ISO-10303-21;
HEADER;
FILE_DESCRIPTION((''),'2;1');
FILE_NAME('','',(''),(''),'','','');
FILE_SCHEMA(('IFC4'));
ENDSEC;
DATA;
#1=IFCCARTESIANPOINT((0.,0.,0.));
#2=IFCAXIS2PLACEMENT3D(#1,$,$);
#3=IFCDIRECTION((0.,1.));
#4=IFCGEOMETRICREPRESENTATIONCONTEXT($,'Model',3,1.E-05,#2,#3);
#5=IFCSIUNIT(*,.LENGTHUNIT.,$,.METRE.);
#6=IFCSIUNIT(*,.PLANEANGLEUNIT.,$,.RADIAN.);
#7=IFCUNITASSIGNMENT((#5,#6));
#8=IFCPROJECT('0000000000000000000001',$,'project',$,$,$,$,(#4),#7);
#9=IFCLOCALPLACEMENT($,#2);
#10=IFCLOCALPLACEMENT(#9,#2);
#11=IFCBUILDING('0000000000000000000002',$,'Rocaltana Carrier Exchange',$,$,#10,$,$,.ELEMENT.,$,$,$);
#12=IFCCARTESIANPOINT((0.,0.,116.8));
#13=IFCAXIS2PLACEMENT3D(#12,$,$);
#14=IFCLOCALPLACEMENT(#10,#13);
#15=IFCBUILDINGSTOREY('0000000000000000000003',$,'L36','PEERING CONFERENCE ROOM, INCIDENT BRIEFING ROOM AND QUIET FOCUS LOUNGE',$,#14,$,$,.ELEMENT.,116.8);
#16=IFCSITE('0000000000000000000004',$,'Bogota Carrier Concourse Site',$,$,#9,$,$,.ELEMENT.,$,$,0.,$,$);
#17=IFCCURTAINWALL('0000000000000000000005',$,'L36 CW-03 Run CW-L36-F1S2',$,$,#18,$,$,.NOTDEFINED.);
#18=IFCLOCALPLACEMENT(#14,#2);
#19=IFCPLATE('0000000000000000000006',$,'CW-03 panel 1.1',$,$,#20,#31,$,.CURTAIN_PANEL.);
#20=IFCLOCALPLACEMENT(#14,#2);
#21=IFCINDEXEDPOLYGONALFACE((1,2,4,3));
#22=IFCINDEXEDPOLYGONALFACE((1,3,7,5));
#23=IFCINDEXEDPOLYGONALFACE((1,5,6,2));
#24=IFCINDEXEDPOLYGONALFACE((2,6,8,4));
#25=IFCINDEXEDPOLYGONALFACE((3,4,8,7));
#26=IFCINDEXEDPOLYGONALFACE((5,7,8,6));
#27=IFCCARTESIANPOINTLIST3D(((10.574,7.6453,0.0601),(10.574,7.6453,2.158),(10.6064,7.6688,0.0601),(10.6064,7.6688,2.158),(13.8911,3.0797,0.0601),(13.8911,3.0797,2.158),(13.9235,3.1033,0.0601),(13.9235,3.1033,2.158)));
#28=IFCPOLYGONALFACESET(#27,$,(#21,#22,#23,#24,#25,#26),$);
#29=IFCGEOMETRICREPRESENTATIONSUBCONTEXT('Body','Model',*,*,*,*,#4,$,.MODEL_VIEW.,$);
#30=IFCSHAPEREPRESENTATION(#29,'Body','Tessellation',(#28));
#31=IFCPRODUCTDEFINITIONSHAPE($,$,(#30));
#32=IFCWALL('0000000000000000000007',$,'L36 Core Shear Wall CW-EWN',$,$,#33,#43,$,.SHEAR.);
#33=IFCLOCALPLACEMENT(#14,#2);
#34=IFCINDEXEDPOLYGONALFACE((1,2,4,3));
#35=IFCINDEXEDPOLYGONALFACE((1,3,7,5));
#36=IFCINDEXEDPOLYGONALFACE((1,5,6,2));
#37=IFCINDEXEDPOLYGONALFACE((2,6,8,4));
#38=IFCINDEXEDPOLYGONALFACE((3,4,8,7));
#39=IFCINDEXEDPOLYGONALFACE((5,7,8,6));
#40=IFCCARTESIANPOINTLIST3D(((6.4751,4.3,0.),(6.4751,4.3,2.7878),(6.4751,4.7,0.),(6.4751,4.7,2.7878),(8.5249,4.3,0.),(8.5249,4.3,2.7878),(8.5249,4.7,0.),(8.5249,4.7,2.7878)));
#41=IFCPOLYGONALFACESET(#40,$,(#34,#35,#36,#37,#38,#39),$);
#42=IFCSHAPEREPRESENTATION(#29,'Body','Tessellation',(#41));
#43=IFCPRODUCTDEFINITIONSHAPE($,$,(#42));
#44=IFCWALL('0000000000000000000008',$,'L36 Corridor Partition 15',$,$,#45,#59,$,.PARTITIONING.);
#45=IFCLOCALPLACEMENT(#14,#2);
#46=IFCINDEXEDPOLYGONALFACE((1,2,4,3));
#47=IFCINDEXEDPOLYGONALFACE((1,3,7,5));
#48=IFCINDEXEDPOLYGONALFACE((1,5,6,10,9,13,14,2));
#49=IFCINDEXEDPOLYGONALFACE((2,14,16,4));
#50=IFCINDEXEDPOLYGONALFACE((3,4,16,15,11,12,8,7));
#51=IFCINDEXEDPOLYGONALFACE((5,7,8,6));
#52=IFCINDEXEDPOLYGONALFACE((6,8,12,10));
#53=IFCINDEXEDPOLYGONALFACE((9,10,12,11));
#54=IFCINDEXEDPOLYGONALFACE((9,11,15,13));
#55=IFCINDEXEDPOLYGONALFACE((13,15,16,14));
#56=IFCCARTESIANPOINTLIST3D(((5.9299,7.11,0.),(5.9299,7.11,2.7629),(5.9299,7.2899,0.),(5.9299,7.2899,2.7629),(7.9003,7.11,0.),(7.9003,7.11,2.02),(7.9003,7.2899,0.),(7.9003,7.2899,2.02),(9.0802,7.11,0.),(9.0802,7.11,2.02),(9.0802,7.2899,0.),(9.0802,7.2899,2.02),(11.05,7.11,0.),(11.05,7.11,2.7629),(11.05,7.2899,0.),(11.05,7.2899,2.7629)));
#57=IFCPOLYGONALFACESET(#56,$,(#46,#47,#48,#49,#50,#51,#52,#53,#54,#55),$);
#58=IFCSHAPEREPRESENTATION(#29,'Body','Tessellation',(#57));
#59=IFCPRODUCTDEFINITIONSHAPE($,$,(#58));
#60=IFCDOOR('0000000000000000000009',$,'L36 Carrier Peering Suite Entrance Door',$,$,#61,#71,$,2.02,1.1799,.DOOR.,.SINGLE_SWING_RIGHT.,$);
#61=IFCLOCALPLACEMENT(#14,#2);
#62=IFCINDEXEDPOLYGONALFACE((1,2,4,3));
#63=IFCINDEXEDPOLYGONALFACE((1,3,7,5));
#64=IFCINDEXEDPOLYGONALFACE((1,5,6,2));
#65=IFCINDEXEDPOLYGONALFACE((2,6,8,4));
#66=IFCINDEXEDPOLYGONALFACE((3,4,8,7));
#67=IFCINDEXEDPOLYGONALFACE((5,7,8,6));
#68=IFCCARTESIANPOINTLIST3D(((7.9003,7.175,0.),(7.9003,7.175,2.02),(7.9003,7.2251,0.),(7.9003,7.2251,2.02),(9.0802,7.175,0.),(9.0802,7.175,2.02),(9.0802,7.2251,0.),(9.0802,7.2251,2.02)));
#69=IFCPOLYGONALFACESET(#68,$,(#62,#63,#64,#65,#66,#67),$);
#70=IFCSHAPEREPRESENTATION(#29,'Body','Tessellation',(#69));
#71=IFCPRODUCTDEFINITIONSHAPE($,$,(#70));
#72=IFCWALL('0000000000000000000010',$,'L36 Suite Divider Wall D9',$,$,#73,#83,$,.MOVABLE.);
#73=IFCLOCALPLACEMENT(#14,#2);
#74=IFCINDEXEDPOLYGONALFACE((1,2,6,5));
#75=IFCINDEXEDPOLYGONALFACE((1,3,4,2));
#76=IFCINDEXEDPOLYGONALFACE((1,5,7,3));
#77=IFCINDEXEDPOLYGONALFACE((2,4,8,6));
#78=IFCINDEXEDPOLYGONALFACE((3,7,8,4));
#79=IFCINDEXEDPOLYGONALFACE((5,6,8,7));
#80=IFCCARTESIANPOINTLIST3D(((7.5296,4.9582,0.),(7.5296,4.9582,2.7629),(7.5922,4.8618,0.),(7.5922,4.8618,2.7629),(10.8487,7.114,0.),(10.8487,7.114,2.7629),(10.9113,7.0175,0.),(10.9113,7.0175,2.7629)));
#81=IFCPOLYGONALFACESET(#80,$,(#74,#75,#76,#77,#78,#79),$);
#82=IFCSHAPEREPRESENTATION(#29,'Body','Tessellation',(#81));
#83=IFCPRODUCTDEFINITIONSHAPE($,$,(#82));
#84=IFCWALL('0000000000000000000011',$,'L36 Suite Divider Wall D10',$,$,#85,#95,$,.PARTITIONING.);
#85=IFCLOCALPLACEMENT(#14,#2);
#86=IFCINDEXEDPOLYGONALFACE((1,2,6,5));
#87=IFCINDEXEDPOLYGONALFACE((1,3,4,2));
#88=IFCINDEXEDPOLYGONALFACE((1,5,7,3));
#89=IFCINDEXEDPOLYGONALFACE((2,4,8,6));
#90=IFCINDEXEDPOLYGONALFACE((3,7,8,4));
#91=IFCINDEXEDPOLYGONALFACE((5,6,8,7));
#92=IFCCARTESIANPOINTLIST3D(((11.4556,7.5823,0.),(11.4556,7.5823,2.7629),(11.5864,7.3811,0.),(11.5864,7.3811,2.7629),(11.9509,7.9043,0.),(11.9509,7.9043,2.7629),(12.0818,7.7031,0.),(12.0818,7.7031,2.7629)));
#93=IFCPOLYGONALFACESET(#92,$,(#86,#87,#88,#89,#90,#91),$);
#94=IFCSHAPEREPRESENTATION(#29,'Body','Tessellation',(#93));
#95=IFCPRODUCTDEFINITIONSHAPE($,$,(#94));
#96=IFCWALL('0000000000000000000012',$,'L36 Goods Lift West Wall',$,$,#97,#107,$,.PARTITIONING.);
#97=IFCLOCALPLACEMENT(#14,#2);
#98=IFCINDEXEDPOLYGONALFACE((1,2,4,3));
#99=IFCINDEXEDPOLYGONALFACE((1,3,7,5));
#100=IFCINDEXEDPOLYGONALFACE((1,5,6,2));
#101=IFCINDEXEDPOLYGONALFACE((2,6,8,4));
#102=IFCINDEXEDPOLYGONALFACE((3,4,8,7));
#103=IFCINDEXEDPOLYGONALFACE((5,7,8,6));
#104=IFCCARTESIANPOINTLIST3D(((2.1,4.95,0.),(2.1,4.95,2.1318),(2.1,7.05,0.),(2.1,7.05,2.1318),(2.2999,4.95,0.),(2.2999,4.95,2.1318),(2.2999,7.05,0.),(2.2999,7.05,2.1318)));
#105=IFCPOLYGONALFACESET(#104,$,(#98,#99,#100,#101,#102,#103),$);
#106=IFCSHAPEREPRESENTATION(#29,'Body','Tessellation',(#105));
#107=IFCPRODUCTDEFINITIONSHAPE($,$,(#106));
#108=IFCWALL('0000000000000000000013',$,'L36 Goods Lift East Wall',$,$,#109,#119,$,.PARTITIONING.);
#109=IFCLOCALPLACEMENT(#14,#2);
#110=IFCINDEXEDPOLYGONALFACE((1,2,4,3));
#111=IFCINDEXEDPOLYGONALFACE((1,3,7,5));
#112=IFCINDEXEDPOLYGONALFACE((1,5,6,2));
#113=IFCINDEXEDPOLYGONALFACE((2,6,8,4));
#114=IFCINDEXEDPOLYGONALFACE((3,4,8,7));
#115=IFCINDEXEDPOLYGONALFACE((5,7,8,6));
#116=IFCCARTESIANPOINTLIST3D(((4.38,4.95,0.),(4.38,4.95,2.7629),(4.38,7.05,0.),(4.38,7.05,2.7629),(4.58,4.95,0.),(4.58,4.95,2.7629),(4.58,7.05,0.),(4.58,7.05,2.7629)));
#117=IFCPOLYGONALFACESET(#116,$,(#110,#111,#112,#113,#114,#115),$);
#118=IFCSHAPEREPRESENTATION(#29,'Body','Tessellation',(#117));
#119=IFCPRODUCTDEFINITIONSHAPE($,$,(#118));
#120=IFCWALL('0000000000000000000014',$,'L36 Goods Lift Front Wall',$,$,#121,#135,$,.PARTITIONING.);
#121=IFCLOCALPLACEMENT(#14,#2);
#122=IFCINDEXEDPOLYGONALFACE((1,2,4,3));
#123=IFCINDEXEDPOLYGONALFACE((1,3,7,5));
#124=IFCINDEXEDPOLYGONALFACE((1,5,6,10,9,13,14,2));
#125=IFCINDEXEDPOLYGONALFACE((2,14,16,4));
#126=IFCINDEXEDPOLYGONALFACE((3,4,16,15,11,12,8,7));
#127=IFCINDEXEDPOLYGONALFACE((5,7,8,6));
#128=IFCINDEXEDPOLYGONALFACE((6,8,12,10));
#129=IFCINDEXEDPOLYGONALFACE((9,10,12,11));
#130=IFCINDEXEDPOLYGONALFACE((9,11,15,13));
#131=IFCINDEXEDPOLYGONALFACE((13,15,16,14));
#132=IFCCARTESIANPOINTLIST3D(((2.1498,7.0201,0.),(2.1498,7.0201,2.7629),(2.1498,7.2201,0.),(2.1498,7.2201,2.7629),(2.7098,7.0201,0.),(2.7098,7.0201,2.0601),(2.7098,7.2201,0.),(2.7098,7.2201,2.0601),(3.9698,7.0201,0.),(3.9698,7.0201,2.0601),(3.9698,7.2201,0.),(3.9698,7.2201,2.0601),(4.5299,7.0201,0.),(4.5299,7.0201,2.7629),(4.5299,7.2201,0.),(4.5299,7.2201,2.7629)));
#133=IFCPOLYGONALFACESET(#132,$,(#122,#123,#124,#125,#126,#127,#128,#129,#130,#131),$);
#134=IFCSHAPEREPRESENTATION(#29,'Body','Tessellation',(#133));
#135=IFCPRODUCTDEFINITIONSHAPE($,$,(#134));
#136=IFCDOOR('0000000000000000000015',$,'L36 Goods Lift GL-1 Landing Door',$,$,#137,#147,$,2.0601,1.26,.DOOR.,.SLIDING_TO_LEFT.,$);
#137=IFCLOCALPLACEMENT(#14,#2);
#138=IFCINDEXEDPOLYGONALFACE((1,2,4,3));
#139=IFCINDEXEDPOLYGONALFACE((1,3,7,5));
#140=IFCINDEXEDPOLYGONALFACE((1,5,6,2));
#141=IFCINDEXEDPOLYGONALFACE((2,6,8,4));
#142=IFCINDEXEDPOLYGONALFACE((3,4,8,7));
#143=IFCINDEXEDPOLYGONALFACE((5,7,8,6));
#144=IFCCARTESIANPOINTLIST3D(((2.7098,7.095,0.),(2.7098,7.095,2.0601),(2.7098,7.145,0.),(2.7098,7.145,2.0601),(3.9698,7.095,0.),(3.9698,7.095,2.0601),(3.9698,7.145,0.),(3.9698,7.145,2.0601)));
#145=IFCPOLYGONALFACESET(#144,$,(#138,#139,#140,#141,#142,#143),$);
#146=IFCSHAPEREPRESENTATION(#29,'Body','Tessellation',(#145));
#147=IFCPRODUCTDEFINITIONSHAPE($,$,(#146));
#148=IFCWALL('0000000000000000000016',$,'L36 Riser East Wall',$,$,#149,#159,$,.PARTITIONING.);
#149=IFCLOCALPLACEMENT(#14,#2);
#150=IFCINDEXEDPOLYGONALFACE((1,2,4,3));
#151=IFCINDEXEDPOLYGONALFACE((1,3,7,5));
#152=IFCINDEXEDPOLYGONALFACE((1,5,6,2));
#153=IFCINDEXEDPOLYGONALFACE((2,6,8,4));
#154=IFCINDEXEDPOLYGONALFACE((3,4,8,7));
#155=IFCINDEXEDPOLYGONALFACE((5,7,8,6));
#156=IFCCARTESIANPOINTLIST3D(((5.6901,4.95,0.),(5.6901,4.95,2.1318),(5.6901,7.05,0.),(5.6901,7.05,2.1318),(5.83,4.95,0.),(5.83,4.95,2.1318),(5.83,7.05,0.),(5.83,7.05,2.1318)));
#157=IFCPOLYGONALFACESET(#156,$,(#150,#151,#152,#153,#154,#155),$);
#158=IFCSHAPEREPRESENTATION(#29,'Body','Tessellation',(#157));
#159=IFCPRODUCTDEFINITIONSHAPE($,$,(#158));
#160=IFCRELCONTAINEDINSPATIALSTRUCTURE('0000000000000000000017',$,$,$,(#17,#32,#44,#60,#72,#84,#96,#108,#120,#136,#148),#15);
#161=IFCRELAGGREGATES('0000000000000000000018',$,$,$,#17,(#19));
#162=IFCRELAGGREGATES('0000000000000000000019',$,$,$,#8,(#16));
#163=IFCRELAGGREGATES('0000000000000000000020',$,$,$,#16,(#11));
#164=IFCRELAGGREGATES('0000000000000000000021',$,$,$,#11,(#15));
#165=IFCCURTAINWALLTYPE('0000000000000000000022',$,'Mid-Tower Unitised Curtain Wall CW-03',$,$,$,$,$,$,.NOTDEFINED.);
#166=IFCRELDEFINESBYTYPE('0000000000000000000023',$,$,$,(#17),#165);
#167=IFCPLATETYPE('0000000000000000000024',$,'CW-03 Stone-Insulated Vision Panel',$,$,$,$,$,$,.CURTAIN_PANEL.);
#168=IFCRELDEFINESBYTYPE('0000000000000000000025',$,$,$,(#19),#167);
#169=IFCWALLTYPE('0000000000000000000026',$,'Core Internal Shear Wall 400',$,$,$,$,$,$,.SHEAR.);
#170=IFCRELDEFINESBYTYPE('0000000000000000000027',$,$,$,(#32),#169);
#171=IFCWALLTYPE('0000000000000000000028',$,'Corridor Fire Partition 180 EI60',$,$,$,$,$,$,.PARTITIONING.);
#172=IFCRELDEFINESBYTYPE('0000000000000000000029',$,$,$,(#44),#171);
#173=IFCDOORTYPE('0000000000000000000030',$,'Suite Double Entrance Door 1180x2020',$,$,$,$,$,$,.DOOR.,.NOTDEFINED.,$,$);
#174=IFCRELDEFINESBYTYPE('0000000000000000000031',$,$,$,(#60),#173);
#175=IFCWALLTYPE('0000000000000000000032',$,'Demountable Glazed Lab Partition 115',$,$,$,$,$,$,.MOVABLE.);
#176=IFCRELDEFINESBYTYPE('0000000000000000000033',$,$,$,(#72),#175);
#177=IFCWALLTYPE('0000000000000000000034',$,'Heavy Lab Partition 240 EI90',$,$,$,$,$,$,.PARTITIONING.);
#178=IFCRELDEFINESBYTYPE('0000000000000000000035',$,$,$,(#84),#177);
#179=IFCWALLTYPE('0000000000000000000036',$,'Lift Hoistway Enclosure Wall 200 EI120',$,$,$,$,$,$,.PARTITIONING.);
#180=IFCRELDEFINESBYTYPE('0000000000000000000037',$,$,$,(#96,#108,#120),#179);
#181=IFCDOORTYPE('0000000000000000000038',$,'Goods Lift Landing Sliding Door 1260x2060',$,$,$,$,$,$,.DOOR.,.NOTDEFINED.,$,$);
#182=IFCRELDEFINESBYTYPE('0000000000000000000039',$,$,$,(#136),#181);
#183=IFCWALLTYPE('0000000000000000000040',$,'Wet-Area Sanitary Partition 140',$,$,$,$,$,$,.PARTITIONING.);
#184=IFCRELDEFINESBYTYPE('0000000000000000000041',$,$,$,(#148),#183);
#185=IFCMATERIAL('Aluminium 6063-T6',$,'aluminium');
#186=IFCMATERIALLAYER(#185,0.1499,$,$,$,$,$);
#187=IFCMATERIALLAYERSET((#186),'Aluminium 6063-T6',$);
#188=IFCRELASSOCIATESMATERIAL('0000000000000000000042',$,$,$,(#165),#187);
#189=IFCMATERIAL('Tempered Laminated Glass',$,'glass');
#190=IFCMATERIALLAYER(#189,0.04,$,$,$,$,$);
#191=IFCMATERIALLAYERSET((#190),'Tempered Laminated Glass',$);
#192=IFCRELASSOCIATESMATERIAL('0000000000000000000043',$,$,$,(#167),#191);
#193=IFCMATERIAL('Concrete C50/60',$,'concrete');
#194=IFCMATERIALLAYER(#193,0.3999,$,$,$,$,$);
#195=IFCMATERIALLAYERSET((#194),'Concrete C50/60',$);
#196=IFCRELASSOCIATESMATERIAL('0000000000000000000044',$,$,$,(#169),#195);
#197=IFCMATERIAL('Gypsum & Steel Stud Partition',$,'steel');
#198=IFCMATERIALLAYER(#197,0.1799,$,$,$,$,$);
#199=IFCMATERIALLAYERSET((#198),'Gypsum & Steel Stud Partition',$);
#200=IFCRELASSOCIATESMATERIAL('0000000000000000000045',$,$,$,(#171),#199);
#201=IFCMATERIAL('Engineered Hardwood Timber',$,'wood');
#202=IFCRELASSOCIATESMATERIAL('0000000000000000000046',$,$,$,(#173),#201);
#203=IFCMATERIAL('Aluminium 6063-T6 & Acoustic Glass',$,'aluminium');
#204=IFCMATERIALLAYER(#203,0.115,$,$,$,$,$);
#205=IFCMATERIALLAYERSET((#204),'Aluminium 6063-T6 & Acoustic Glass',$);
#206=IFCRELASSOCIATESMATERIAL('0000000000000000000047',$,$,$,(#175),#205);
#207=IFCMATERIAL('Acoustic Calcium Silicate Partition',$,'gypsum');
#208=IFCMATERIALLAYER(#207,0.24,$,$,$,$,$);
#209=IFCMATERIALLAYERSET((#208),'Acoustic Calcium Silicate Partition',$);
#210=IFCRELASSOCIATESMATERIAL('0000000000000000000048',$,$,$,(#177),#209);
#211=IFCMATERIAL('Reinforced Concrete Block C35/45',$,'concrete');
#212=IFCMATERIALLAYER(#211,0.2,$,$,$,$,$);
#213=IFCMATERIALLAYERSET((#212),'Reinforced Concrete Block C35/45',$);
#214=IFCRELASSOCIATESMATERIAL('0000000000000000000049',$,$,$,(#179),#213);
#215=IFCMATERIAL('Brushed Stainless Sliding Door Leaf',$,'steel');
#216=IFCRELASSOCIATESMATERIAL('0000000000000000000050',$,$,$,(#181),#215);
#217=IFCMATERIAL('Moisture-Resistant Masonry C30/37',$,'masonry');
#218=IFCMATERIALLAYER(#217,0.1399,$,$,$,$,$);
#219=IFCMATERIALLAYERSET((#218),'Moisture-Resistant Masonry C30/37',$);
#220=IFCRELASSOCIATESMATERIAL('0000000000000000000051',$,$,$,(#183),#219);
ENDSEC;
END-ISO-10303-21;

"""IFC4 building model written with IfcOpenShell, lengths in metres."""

from ifc_helpers import new_model, si_unit, direction, frame, frame_2d, origin, origin_2d, place, context, subcontext, project, spatial, rectangle, extrude, material, layer, layer_set, type_object, element, fill, aggregate, save


model = new_model("IFC4")

# Units and contexts
model_context = context("Model", 3, precision=1e-05, world=origin(), true_north=direction((0.0, 1.0)))
body_context = subcontext(model_context, "Body", "Model", "MODEL_VIEW")
ifc_project = project(units=[si_unit("LENGTHUNIT", "METRE"), si_unit("PLANEANGLEUNIT", "RADIAN")], contexts=[model_context])

# Site, building, storey
site_placement = place(None, origin())
site = spatial("IfcSite", under=ifc_project, at=site_placement, Name="Bogota Carrier Concourse Site", CompositionType="ELEMENT", RefElevation=0.0)
building_placement = place(site_placement, origin())
building = spatial("IfcBuilding", under=site, at=building_placement, Name="Rocaltana Carrier Exchange", CompositionType="ELEMENT")
storey_placement = place(building_placement, frame((0.0, 0.0, 116.8)))
storey = spatial("IfcBuildingStorey", under=building, at=storey_placement, Name="L36", Description="PEERING CONFERENCE ROOM, INCIDENT BRIEFING ROOM AND QUIET FOCUS LOUNGE", CompositionType="ELEMENT", Elevation=116.8)

# Curtain wall
ifc_material_1 = material(Name="Aluminium 6063-T6", Category="aluminium")
ifc_layer_1 = layer(ifc_material_1, 0.1499)
ifc_layer_set_1 = layer_set([ifc_layer_1], Name="Aluminium 6063-T6")
curtain_wall_type = type_object("IfcCurtainWallType", Name="Mid-Tower Unitised Curtain Wall CW-03", PredefinedType="NOTDEFINED", material=ifc_layer_set_1)
curtain_wall_placement = place(storey_placement, origin())
curtain_wall = element("IfcCurtainWall", 1, at=curtain_wall_placement, inside=storey, type_object=curtain_wall_type, Name="L36 CW-03 Run CW-L36-F1S2", PredefinedType="NOTDEFINED")

# Plate
ifc_material_2 = material(Name="Tempered Laminated Glass", Category="glass")
ifc_layer_2 = layer(ifc_material_2, 0.04)
ifc_layer_set_2 = layer_set([ifc_layer_2], Name="Tempered Laminated Glass")
plate_type = type_object("IfcPlateType", Name="CW-03 Stone-Insulated Vision Panel", PredefinedType="CURTAIN_PANEL", material=ifc_layer_set_2)
plate_placement = place(storey_placement, frame((12.2488, 5.3743, 0.0601), z_axis=(0.0, 0.0, 1.0), x_axis=(-0.58779, 0.809014, 0.0)))
plate = element("IfcPlate", 2, at=plate_placement, type_object=plate_type, Name="CW-03 panel 1.1", PredefinedType="CURTAIN_PANEL", context=body_context, shape_type="SweptSolid", body=[
    extrude(rectangle(XDim=5.6433, YDim=0.04, at=origin_2d()), origin(), (0.0, 0.0, 1.0), 2.0979),
])
aggregate(curtain_wall, [plate])

# Wall
ifc_material_3 = material(Name="Concrete C50/60", Category="concrete")
ifc_layer_3 = layer(ifc_material_3, 0.3999)
ifc_layer_set_3 = layer_set([ifc_layer_3], Name="Concrete C50/60")
wall_type_1 = type_object("IfcWallType", Name="Core Internal Shear Wall 400", PredefinedType="SHEAR", material=ifc_layer_set_3)
wall_1_placement = place(storey_placement, frame((6.4751, 4.5, 0.0), z_axis=(0.0, 0.0, 1.0), x_axis=(1.0, 0.0, 0.0)))
element("IfcWall", 3, at=wall_1_placement, inside=storey, type_object=wall_type_1, Name="L36 Core Shear Wall CW-EWN", PredefinedType="SHEAR", context=body_context, shape_type="SweptSolid", body=[
    extrude(rectangle(XDim=2.0498, YDim=0.3999, at=frame_2d((1.0249, 0.0))), origin(), (0.0, 0.0, 1.0), 2.7878),
])

# Wall, opening, door
ifc_material_4 = material(Name="Gypsum & Steel Stud Partition", Category="steel")
ifc_layer_4 = layer(ifc_material_4, 0.1799)
ifc_layer_set_4 = layer_set([ifc_layer_4], Name="Gypsum & Steel Stud Partition")
wall_type_2 = type_object("IfcWallType", Name="Corridor Fire Partition 180 EI60", PredefinedType="PARTITIONING", material=ifc_layer_set_4)
wall_2_placement = place(storey_placement, frame((11.05, 7.2, 0.0), z_axis=(0.0, 0.0, 1.0), x_axis=(-1.0, 0.0, 0.0)))
wall_2 = element("IfcWall", 4, at=wall_2_placement, inside=storey, type_object=wall_type_2, Name="L36 Corridor Partition 15", PredefinedType="PARTITIONING", context=body_context, shape_type="SweptSolid", body=[
    extrude(rectangle(XDim=5.1201, YDim=0.1799, at=frame_2d((2.5601, 0.0))), origin(), (0.0, 0.0, 1.0), 2.7629),
])
opening_1_placement = place(wall_2_placement, frame((1.97, 0.0, 0.0)))
opening_1 = element("IfcOpeningElement", 5, at=opening_1_placement, cuts=wall_2, PredefinedType="OPENING", context=body_context, shape_type="SweptSolid", body=[
    extrude(rectangle(XDim=1.1799, YDim=2.02, at=frame_2d((0.5898, 1.01))), frame((0.0, 0.0999, 0.0), z_axis=(0.0, -1.0, 0.0), x_axis=(1.0, 0.0, 0.0)), (0.0, 0.0, 1.0), 0.2),
])
ifc_material_5 = material(Name="Engineered Hardwood Timber", Category="wood")
door_type_1 = type_object("IfcDoorType", Name="Suite Double Entrance Door 1180x2020", OperationType="NOTDEFINED", PredefinedType="DOOR", material=ifc_material_5)
door_1_placement = place(opening_1_placement, origin())
door_1 = element("IfcDoor", 6, at=door_1_placement, inside=storey, type_object=door_type_1, Name="L36 Carrier Peering Suite Entrance Door", OperationType="SINGLE_SWING_RIGHT", OverallHeight=2.02, OverallWidth=1.1799, PredefinedType="DOOR", context=body_context, shape_type="SweptSolid", body=[
    extrude(rectangle(XDim=1.1799, YDim=2.02, at=frame_2d((0.5898, 1.01))), frame((0.0, 0.0249, 0.0), z_axis=(0.0, -1.0, 0.0), x_axis=(1.0, 0.0, 0.0)), (0.0, 0.0, 1.0), 0.05),
])
fill(opening_1, door_1)

# Walls
ifc_material_6 = material(Name="Aluminium 6063-T6 & Acoustic Glass", Category="aluminium")
ifc_layer_5 = layer(ifc_material_6, 0.115)
ifc_layer_set_5 = layer_set([ifc_layer_5], Name="Aluminium 6063-T6 & Acoustic Glass")
wall_type_3 = type_object("IfcWallType", Name="Demountable Glazed Lab Partition 115", PredefinedType="MOVABLE", material=ifc_layer_set_5)
wall_3_placement = place(storey_placement, frame((7.5608, 4.9099, 0.0), z_axis=(0.0, 0.0, 1.0), x_axis=(0.838634, 0.544696, 0.0)))
element("IfcWall", 7, at=wall_3_placement, inside=storey, type_object=wall_type_3, Name="L36 Suite Divider Wall D9", PredefinedType="MOVABLE", context=body_context, shape_type="SweptSolid", body=[
    extrude(rectangle(XDim=3.9578, YDim=0.115, at=frame_2d((1.979, 0.0))), origin(), (0.0, 0.0, 1.0), 2.7629),
])
ifc_material_7 = material(Name="Acoustic Calcium Silicate Partition", Category="gypsum")
ifc_layer_6 = layer(ifc_material_7, 0.24)
ifc_layer_set_6 = layer_set([ifc_layer_6], Name="Acoustic Calcium Silicate Partition")
wall_type_4 = type_object("IfcWallType", Name="Heavy Lab Partition 240 EI90", PredefinedType="PARTITIONING", material=ifc_layer_set_6)
wall_4_placement = place(storey_placement, frame((11.521, 7.4817, 0.0), z_axis=(0.0, 0.0, 1.0), x_axis=(0.838415, 0.545032, 0.0)))
element("IfcWall", 8, at=wall_4_placement, inside=storey, type_object=wall_type_4, Name="L36 Suite Divider Wall D10", PredefinedType="PARTITIONING", context=body_context, shape_type="SweptSolid", body=[
    extrude(rectangle(XDim=0.5908, YDim=0.24, at=frame_2d((0.2954, 0.0))), origin(), (0.0, 0.0, 1.0), 2.7629),
])
ifc_material_8 = material(Name="Reinforced Concrete Block C35/45", Category="concrete")
ifc_layer_7 = layer(ifc_material_8, 0.2)
ifc_layer_set_7 = layer_set([ifc_layer_7], Name="Reinforced Concrete Block C35/45")
wall_type_5 = type_object("IfcWallType", Name="Lift Hoistway Enclosure Wall 200 EI120", PredefinedType="PARTITIONING", material=ifc_layer_set_7)
wall_5_placement = place(storey_placement, frame((2.2, 4.95, 0.0), z_axis=(0.0, 0.0, 1.0), x_axis=(0.0, 1.0, 0.0)))
element("IfcWall", 9, at=wall_5_placement, inside=storey, type_object=wall_type_5, Name="L36 Goods Lift West Wall", PredefinedType="PARTITIONING", context=body_context, shape_type="SweptSolid", body=[
    extrude(rectangle(XDim=2.1001, YDim=0.2, at=frame_2d((1.05, 0.0))), origin(), (0.0, 0.0, 1.0), 2.1318),
])
wall_6_placement = place(storey_placement, frame((4.48, 4.95, 0.0), z_axis=(0.0, 0.0, 1.0), x_axis=(0.0, 1.0, 0.0)))
element("IfcWall", 10, at=wall_6_placement, inside=storey, type_object=wall_type_5, Name="L36 Goods Lift East Wall", PredefinedType="PARTITIONING", context=body_context, shape_type="SweptSolid", body=[
    extrude(rectangle(XDim=2.1001, YDim=0.2, at=frame_2d((1.05, 0.0))), origin(), (0.0, 0.0, 1.0), 2.7629),
])

# Wall, opening, door
wall_7_placement = place(storey_placement, frame((2.1499, 7.1201, 0.0), z_axis=(0.0, 0.0, 1.0), x_axis=(1.0, 0.0, 0.0)))
wall_7 = element("IfcWall", 11, at=wall_7_placement, inside=storey, type_object=wall_type_5, Name="L36 Goods Lift Front Wall", PredefinedType="PARTITIONING", context=body_context, shape_type="SweptSolid", body=[
    extrude(rectangle(XDim=2.3801, YDim=0.2, at=frame_2d((1.1899, 0.0))), origin(), (0.0, 0.0, 1.0), 2.7629),
])
opening_2_placement = place(wall_7_placement, frame((0.5601, 0.0, 0.0)))
opening_2 = element("IfcOpeningElement", 12, at=opening_2_placement, cuts=wall_7, PredefinedType="OPENING", context=body_context, shape_type="SweptSolid", body=[
    extrude(rectangle(XDim=1.26, YDim=2.0601, at=frame_2d((0.6299, 1.03))), frame((0.0, 0.1099, 0.0), z_axis=(0.0, -1.0, 0.0), x_axis=(1.0, 0.0, 0.0)), (0.0, 0.0, 1.0), 0.22),
])
ifc_material_9 = material(Name="Brushed Stainless Sliding Door Leaf", Category="steel")
door_type_2 = type_object("IfcDoorType", Name="Goods Lift Landing Sliding Door 1260x2060", OperationType="NOTDEFINED", PredefinedType="DOOR", material=ifc_material_9)
door_2_placement = place(opening_2_placement, origin())
door_2 = element("IfcDoor", 13, at=door_2_placement, inside=storey, type_object=door_type_2, Name="L36 Goods Lift GL-1 Landing Door", OperationType="SLIDING_TO_LEFT", OverallHeight=2.0601, OverallWidth=1.26, PredefinedType="DOOR", context=body_context, shape_type="SweptSolid", body=[
    extrude(rectangle(XDim=1.26, YDim=2.0601, at=frame_2d((0.6299, 1.03))), frame((0.0, 0.0249, 0.0), z_axis=(0.0, -1.0, 0.0), x_axis=(1.0, 0.0, 0.0)), (0.0, 0.0, 1.0), 0.05),
])
fill(opening_2, door_2)

# Wall
ifc_material_10 = material(Name="Moisture-Resistant Masonry C30/37", Category="masonry")
ifc_layer_8 = layer(ifc_material_10, 0.1399)
ifc_layer_set_8 = layer_set([ifc_layer_8], Name="Moisture-Resistant Masonry C30/37")
wall_type_6 = type_object("IfcWallType", Name="Wet-Area Sanitary Partition 140", PredefinedType="PARTITIONING", material=ifc_layer_set_8)
wall_8_placement = place(storey_placement, frame((5.76, 4.95, 0.0), z_axis=(0.0, 0.0, 1.0), x_axis=(0.0, 1.0, 0.0)))
element("IfcWall", 14, at=wall_8_placement, inside=storey, type_object=wall_type_6, Name="L36 Riser East Wall", PredefinedType="PARTITIONING", context=body_context, shape_type="SweptSolid", body=[
    extrude(rectangle(XDim=2.1001, YDim=0.1399, at=frame_2d((1.05, 0.0))), origin(), (0.0, 0.0, 1.0), 2.1318),
])

save(model, "model.ifc")
